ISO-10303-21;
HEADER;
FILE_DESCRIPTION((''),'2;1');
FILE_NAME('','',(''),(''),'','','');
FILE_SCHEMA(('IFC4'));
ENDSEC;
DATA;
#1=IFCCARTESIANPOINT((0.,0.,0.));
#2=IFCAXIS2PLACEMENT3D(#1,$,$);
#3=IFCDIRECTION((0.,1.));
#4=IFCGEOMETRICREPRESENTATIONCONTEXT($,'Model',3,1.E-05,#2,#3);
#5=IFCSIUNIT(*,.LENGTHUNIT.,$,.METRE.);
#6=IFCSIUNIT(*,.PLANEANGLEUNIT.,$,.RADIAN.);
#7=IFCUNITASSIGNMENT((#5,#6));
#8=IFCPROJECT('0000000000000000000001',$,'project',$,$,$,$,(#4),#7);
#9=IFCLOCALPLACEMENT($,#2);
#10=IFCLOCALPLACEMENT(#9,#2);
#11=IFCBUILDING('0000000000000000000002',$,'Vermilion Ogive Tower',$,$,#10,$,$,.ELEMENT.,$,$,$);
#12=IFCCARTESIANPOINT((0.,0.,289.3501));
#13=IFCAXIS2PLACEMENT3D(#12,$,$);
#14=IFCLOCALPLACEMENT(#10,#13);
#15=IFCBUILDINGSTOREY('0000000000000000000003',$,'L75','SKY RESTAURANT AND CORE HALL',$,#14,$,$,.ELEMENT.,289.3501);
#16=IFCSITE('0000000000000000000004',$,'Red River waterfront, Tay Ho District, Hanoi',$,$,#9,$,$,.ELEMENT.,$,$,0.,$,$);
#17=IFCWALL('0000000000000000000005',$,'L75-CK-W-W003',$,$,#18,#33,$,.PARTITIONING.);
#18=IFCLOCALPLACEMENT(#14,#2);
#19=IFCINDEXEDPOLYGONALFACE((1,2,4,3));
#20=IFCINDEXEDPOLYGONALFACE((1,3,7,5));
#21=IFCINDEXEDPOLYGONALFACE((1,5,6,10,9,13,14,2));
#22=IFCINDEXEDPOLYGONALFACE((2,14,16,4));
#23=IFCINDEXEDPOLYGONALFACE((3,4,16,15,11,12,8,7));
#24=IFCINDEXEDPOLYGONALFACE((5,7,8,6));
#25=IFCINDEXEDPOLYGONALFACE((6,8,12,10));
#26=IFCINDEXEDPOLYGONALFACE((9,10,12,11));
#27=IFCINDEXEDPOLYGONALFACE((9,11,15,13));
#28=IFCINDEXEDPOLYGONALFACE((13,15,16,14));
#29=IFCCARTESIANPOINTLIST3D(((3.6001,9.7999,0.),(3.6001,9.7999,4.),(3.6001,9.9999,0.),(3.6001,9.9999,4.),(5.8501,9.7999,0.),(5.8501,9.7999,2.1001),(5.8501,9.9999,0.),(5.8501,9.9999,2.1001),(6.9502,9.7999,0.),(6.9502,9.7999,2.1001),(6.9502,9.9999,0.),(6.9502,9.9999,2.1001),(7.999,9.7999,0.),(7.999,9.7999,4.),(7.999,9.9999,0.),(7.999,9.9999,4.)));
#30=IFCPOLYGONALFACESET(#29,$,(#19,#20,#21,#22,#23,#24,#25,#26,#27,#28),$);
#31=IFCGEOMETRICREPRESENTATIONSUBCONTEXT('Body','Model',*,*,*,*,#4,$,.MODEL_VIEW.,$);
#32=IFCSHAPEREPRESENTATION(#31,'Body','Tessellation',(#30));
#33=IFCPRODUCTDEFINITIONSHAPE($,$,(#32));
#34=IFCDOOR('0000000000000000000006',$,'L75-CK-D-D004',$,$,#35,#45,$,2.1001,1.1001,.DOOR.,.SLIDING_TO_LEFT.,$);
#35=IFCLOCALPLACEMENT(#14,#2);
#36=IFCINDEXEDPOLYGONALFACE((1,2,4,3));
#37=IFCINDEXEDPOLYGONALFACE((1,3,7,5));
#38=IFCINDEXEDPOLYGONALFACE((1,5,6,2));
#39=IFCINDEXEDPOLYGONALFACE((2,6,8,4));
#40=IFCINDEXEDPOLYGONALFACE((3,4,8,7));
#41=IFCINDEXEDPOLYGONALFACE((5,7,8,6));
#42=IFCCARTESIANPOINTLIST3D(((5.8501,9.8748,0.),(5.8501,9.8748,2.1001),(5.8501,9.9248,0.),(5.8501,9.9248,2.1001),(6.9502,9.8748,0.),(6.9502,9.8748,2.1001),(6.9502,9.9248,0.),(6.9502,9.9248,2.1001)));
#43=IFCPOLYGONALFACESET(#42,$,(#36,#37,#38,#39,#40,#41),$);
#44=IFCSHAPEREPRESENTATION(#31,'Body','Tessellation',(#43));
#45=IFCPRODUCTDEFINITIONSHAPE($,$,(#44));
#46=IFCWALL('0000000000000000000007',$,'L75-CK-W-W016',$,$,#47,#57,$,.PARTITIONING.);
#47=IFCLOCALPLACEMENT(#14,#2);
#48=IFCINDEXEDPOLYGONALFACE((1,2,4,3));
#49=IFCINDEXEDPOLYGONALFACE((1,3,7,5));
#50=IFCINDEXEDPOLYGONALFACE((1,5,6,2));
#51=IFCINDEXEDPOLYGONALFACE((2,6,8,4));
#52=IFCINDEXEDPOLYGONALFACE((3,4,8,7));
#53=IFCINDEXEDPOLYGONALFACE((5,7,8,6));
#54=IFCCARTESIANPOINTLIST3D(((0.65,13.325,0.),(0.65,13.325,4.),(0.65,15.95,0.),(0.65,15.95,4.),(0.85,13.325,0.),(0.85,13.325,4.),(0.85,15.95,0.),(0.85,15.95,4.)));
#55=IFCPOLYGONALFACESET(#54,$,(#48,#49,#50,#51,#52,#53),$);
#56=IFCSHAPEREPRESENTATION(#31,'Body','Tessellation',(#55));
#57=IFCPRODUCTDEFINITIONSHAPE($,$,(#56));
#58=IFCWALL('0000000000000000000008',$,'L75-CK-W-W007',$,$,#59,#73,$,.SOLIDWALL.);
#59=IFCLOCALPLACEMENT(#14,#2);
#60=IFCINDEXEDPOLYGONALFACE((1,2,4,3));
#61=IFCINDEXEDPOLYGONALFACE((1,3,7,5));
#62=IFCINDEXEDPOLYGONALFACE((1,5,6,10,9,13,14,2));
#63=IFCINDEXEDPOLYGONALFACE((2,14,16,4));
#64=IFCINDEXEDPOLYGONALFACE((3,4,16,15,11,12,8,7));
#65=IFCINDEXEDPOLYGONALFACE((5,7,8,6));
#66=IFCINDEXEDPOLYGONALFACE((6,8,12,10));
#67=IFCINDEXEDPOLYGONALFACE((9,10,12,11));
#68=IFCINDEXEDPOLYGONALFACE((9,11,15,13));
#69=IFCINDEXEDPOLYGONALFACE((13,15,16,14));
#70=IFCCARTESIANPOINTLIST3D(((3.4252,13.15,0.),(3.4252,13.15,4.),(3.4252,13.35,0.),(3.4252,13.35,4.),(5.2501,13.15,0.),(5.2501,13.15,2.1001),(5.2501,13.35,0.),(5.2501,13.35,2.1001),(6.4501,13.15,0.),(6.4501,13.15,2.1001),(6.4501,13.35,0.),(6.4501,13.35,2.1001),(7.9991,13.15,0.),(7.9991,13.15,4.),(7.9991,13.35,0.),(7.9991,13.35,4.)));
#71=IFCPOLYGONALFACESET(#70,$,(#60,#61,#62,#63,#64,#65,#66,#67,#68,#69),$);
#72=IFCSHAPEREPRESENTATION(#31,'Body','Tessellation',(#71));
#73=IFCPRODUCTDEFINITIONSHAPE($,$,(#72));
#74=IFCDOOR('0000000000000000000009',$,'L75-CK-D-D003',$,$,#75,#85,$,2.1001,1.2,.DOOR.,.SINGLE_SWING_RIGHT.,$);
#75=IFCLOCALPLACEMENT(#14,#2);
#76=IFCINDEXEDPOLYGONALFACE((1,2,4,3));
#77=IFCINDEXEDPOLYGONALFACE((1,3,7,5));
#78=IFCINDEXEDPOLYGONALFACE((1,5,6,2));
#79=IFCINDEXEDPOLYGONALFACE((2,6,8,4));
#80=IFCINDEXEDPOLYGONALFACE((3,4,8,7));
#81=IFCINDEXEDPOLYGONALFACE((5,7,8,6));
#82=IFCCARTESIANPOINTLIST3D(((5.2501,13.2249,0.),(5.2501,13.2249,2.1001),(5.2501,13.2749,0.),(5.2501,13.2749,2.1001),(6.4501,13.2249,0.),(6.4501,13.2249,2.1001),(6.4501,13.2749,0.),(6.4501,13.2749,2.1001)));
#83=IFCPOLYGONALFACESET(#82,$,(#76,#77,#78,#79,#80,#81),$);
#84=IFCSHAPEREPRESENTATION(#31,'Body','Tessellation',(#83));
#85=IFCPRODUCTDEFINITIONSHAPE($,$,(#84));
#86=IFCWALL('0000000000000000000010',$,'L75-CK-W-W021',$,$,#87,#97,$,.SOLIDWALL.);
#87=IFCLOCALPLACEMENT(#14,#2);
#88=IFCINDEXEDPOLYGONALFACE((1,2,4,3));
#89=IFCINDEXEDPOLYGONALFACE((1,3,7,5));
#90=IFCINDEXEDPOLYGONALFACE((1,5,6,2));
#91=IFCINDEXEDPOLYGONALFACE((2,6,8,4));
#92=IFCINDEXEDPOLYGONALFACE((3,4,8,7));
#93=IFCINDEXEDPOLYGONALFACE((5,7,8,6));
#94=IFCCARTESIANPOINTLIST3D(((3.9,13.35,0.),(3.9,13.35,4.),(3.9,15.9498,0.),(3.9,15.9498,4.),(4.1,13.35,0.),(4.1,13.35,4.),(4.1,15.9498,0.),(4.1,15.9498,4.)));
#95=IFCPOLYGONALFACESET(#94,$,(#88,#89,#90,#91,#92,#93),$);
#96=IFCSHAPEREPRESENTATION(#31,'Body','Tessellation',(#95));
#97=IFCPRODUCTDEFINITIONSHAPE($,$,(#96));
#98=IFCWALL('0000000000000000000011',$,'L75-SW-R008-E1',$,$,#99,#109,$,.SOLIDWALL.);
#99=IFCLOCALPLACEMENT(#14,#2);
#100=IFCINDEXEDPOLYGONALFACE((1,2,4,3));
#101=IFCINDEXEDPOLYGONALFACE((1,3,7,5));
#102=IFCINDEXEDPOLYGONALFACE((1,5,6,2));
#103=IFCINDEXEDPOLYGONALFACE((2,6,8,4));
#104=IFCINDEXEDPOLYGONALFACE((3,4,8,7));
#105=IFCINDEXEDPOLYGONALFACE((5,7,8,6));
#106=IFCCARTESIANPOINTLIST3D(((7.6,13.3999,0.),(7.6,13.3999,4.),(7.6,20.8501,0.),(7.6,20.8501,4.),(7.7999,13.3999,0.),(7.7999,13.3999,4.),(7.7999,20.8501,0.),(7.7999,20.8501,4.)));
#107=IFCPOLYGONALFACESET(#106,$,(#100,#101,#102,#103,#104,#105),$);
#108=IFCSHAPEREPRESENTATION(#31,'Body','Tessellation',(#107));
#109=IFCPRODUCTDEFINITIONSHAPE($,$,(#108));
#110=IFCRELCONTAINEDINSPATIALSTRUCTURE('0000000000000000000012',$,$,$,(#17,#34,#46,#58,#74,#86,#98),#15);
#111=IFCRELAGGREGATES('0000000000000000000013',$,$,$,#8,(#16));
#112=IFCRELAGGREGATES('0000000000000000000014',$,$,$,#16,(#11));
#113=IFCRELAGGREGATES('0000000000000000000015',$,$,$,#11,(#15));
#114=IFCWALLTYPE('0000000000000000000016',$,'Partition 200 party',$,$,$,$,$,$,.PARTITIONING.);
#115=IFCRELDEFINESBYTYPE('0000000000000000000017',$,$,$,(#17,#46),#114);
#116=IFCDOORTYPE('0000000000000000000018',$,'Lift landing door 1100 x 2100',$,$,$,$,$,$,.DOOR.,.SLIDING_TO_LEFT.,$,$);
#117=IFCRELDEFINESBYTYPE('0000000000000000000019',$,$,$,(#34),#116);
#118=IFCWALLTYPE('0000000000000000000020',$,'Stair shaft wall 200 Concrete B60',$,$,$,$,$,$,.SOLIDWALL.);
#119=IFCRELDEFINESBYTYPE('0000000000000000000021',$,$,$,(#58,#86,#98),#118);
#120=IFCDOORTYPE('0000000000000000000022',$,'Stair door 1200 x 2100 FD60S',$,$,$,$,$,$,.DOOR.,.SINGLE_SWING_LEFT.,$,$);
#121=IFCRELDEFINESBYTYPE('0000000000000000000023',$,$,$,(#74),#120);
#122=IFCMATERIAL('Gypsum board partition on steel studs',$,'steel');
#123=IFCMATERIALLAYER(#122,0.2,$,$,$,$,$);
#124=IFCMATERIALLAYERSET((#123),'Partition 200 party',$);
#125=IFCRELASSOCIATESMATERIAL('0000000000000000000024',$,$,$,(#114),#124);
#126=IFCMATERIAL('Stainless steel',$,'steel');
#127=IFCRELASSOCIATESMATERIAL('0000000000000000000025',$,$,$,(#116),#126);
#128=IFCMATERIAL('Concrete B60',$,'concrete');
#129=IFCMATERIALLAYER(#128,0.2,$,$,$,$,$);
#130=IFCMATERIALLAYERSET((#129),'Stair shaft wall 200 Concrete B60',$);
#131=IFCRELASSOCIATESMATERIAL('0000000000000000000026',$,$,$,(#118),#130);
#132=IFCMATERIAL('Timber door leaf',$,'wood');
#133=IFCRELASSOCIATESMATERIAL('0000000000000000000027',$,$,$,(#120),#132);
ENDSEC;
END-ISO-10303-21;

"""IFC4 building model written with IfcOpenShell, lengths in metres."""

from ifc_helpers import new_model, si_unit, direction, frame, frame_2d, origin, place, context, subcontext, project, spatial, rectangle, extrude, material, layer, layer_set, type_object, element, fill, save


model = new_model("IFC4")

# Units and contexts
model_context = context("Model", 3, precision=1e-05, world=origin(), true_north=direction((0.0, 1.0)))
body_context = subcontext(model_context, "Body", "Model", "MODEL_VIEW")
ifc_project = project(units=[si_unit("LENGTHUNIT", "METRE"), si_unit("PLANEANGLEUNIT", "RADIAN")], contexts=[model_context])

# Site, building, storey
site_placement = place(None, origin())
site = spatial("IfcSite", under=ifc_project, at=site_placement, Name="Red River waterfront, Tay Ho District, Hanoi", CompositionType="ELEMENT", RefElevation=0.0)
building_placement = place(site_placement, origin())
building = spatial("IfcBuilding", under=site, at=building_placement, Name="Vermilion Ogive Tower", CompositionType="ELEMENT")
storey_placement = place(building_placement, frame((0.0, 0.0, 289.3501)))
storey = spatial("IfcBuildingStorey", under=building, at=storey_placement, Name="L75", Description="SKY RESTAURANT AND CORE HALL", CompositionType="ELEMENT", Elevation=289.3501)

# Wall, opening, door
ifc_material_1 = material(Name="Gypsum board partition on steel studs", Category="steel")
ifc_layer_1 = layer(ifc_material_1, 0.2)
ifc_layer_set_1 = layer_set([ifc_layer_1], Name="Partition 200 party")
wall_type_1 = type_object("IfcWallType", Name="Partition 200 party", PredefinedType="PARTITIONING", material=ifc_layer_set_1)
wall_1_placement = place(storey_placement, frame((3.6001, 9.8999, 0.0), z_axis=(0.0, 0.0, 1.0), x_axis=(1.0, 0.0, 0.0)))
wall_1 = element("IfcWall", 1, at=wall_1_placement, inside=storey, type_object=wall_type_1, Name="L75-CK-W-W003", PredefinedType="PARTITIONING", context=body_context, shape_type="SweptSolid", body=[
    extrude(rectangle(XDim=4.3989, YDim=0.2, at=frame_2d((2.1995, 0.0))), origin(), (0.0, 0.0, 1.0), 4.0),
])
opening_1_placement = place(wall_1_placement, frame((2.25, 0.0, 0.0)))
opening_1 = element("IfcOpeningElement", 2, at=opening_1_placement, cuts=wall_1, PredefinedType="OPENING", context=body_context, shape_type="SweptSolid", body=[
    extrude(rectangle(XDim=1.1001, YDim=2.1001, at=frame_2d((0.55, 1.05))), frame((0.0, 0.1099, 0.0), z_axis=(0.0, -1.0, 0.0), x_axis=(1.0, 0.0, 0.0)), (0.0, 0.0, 1.0), 0.22),
])
ifc_material_2 = material(Name="Stainless steel", Category="steel")
door_type_1 = type_object("IfcDoorType", Name="Lift landing door 1100 x 2100", OperationType="SLIDING_TO_LEFT", PredefinedType="DOOR", material=ifc_material_2)
door_1_placement = place(opening_1_placement, origin())
door_1 = element("IfcDoor", 3, at=door_1_placement, inside=storey, type_object=door_type_1, Name="L75-CK-D-D004", OperationType="SLIDING_TO_LEFT", OverallHeight=2.1001, OverallWidth=1.1001, PredefinedType="DOOR", context=body_context, shape_type="SweptSolid", body=[
    extrude(rectangle(XDim=1.1001, YDim=2.1001, at=frame_2d((0.55, 1.05))), frame((0.0, 0.0249, 0.0), z_axis=(0.0, -1.0, 0.0), x_axis=(1.0, 0.0, 0.0)), (0.0, 0.0, 1.0), 0.05),
])
fill(opening_1, door_1)

# Wall
wall_2_placement = place(storey_placement, frame((0.75, 13.325, 0.0), z_axis=(0.0, 0.0, 1.0), x_axis=(0.0, 1.0, 0.0)))
element("IfcWall", 4, at=wall_2_placement, inside=storey, type_object=wall_type_1, Name="L75-CK-W-W016", PredefinedType="PARTITIONING", context=body_context, shape_type="SweptSolid", body=[
    extrude(rectangle(XDim=2.625, YDim=0.2, at=frame_2d((1.3125, 0.0))), origin(), (0.0, 0.0, 1.0), 4.0),
])

# Wall, opening, door
ifc_material_3 = material(Name="Concrete B60", Category="concrete")
ifc_layer_2 = layer(ifc_material_3, 0.2)
ifc_layer_set_2 = layer_set([ifc_layer_2], Name="Stair shaft wall 200 Concrete B60")
wall_type_2 = type_object("IfcWallType", Name="Stair shaft wall 200 Concrete B60", PredefinedType="SOLIDWALL", material=ifc_layer_set_2)
wall_3_placement = place(storey_placement, frame((3.425, 13.25, 0.0), z_axis=(0.0, 0.0, 1.0), x_axis=(1.0, 0.0, 0.0)))
wall_3 = element("IfcWall", 5, at=wall_3_placement, inside=storey, type_object=wall_type_2, Name="L75-CK-W-W007", PredefinedType="SOLIDWALL", context=body_context, shape_type="SweptSolid", body=[
    extrude(rectangle(XDim=4.574, YDim=0.2, at=frame_2d((2.2871, 0.0))), origin(), (0.0, 0.0, 1.0), 4.0),
])
opening_2_placement = place(wall_3_placement, frame((1.825, 0.0, 0.0)))
opening_2 = element("IfcOpeningElement", 6, at=opening_2_placement, cuts=wall_3, PredefinedType="OPENING", context=body_context, shape_type="SweptSolid", body=[
    extrude(rectangle(XDim=1.2, YDim=2.1001, at=frame_2d((0.6001, 1.05))), frame((0.0, 0.1099, 0.0), z_axis=(0.0, -1.0, 0.0), x_axis=(1.0, 0.0, 0.0)), (0.0, 0.0, 1.0), 0.22),
])
ifc_material_4 = material(Name="Timber door leaf", Category="wood")
door_type_2 = type_object("IfcDoorType", Name="Stair door 1200 x 2100 FD60S", OperationType="SINGLE_SWING_LEFT", PredefinedType="DOOR", material=ifc_material_4)
door_2_placement = place(opening_2_placement, origin())
door_2 = element("IfcDoor", 7, at=door_2_placement, inside=storey, type_object=door_type_2, Name="L75-CK-D-D003", OperationType="SINGLE_SWING_RIGHT", OverallHeight=2.1001, OverallWidth=1.2, PredefinedType="DOOR", context=body_context, shape_type="SweptSolid", body=[
    extrude(rectangle(XDim=1.2, YDim=2.1001, at=frame_2d((0.6001, 1.05))), frame((0.0, 0.0249, 0.0), z_axis=(0.0, -1.0, 0.0), x_axis=(1.0, 0.0, 0.0)), (0.0, 0.0, 1.0), 0.05),
])
fill(opening_2, door_2)

# Walls
wall_4_placement = place(storey_placement, frame((4.0, 13.3501, 0.0), z_axis=(0.0, 0.0, 1.0), x_axis=(0.0, 1.0, 0.0)))
element("IfcWall", 8, at=wall_4_placement, inside=storey, type_object=wall_type_2, Name="L75-CK-W-W021", PredefinedType="SOLIDWALL", context=body_context, shape_type="SweptSolid", body=[
    extrude(rectangle(XDim=2.5999, YDim=0.2, at=frame_2d((1.2998, 0.0))), origin(), (0.0, 0.0, 1.0), 4.0),
])
wall_5_placement = place(storey_placement, frame((7.7, 13.3999, 0.0), z_axis=(0.0, 0.0, 1.0), x_axis=(0.0, 1.0, 0.0)))
element("IfcWall", 9, at=wall_5_placement, inside=storey, type_object=wall_type_2, Name="L75-SW-R008-E1", PredefinedType="SOLIDWALL", context=body_context, shape_type="SweptSolid", body=[
    extrude(rectangle(XDim=7.4502, YDim=0.2, at=frame_2d((3.7251, 0.0))), origin(), (0.0, 0.0, 1.0), 4.0),
])

save(model, "model.ifc")
